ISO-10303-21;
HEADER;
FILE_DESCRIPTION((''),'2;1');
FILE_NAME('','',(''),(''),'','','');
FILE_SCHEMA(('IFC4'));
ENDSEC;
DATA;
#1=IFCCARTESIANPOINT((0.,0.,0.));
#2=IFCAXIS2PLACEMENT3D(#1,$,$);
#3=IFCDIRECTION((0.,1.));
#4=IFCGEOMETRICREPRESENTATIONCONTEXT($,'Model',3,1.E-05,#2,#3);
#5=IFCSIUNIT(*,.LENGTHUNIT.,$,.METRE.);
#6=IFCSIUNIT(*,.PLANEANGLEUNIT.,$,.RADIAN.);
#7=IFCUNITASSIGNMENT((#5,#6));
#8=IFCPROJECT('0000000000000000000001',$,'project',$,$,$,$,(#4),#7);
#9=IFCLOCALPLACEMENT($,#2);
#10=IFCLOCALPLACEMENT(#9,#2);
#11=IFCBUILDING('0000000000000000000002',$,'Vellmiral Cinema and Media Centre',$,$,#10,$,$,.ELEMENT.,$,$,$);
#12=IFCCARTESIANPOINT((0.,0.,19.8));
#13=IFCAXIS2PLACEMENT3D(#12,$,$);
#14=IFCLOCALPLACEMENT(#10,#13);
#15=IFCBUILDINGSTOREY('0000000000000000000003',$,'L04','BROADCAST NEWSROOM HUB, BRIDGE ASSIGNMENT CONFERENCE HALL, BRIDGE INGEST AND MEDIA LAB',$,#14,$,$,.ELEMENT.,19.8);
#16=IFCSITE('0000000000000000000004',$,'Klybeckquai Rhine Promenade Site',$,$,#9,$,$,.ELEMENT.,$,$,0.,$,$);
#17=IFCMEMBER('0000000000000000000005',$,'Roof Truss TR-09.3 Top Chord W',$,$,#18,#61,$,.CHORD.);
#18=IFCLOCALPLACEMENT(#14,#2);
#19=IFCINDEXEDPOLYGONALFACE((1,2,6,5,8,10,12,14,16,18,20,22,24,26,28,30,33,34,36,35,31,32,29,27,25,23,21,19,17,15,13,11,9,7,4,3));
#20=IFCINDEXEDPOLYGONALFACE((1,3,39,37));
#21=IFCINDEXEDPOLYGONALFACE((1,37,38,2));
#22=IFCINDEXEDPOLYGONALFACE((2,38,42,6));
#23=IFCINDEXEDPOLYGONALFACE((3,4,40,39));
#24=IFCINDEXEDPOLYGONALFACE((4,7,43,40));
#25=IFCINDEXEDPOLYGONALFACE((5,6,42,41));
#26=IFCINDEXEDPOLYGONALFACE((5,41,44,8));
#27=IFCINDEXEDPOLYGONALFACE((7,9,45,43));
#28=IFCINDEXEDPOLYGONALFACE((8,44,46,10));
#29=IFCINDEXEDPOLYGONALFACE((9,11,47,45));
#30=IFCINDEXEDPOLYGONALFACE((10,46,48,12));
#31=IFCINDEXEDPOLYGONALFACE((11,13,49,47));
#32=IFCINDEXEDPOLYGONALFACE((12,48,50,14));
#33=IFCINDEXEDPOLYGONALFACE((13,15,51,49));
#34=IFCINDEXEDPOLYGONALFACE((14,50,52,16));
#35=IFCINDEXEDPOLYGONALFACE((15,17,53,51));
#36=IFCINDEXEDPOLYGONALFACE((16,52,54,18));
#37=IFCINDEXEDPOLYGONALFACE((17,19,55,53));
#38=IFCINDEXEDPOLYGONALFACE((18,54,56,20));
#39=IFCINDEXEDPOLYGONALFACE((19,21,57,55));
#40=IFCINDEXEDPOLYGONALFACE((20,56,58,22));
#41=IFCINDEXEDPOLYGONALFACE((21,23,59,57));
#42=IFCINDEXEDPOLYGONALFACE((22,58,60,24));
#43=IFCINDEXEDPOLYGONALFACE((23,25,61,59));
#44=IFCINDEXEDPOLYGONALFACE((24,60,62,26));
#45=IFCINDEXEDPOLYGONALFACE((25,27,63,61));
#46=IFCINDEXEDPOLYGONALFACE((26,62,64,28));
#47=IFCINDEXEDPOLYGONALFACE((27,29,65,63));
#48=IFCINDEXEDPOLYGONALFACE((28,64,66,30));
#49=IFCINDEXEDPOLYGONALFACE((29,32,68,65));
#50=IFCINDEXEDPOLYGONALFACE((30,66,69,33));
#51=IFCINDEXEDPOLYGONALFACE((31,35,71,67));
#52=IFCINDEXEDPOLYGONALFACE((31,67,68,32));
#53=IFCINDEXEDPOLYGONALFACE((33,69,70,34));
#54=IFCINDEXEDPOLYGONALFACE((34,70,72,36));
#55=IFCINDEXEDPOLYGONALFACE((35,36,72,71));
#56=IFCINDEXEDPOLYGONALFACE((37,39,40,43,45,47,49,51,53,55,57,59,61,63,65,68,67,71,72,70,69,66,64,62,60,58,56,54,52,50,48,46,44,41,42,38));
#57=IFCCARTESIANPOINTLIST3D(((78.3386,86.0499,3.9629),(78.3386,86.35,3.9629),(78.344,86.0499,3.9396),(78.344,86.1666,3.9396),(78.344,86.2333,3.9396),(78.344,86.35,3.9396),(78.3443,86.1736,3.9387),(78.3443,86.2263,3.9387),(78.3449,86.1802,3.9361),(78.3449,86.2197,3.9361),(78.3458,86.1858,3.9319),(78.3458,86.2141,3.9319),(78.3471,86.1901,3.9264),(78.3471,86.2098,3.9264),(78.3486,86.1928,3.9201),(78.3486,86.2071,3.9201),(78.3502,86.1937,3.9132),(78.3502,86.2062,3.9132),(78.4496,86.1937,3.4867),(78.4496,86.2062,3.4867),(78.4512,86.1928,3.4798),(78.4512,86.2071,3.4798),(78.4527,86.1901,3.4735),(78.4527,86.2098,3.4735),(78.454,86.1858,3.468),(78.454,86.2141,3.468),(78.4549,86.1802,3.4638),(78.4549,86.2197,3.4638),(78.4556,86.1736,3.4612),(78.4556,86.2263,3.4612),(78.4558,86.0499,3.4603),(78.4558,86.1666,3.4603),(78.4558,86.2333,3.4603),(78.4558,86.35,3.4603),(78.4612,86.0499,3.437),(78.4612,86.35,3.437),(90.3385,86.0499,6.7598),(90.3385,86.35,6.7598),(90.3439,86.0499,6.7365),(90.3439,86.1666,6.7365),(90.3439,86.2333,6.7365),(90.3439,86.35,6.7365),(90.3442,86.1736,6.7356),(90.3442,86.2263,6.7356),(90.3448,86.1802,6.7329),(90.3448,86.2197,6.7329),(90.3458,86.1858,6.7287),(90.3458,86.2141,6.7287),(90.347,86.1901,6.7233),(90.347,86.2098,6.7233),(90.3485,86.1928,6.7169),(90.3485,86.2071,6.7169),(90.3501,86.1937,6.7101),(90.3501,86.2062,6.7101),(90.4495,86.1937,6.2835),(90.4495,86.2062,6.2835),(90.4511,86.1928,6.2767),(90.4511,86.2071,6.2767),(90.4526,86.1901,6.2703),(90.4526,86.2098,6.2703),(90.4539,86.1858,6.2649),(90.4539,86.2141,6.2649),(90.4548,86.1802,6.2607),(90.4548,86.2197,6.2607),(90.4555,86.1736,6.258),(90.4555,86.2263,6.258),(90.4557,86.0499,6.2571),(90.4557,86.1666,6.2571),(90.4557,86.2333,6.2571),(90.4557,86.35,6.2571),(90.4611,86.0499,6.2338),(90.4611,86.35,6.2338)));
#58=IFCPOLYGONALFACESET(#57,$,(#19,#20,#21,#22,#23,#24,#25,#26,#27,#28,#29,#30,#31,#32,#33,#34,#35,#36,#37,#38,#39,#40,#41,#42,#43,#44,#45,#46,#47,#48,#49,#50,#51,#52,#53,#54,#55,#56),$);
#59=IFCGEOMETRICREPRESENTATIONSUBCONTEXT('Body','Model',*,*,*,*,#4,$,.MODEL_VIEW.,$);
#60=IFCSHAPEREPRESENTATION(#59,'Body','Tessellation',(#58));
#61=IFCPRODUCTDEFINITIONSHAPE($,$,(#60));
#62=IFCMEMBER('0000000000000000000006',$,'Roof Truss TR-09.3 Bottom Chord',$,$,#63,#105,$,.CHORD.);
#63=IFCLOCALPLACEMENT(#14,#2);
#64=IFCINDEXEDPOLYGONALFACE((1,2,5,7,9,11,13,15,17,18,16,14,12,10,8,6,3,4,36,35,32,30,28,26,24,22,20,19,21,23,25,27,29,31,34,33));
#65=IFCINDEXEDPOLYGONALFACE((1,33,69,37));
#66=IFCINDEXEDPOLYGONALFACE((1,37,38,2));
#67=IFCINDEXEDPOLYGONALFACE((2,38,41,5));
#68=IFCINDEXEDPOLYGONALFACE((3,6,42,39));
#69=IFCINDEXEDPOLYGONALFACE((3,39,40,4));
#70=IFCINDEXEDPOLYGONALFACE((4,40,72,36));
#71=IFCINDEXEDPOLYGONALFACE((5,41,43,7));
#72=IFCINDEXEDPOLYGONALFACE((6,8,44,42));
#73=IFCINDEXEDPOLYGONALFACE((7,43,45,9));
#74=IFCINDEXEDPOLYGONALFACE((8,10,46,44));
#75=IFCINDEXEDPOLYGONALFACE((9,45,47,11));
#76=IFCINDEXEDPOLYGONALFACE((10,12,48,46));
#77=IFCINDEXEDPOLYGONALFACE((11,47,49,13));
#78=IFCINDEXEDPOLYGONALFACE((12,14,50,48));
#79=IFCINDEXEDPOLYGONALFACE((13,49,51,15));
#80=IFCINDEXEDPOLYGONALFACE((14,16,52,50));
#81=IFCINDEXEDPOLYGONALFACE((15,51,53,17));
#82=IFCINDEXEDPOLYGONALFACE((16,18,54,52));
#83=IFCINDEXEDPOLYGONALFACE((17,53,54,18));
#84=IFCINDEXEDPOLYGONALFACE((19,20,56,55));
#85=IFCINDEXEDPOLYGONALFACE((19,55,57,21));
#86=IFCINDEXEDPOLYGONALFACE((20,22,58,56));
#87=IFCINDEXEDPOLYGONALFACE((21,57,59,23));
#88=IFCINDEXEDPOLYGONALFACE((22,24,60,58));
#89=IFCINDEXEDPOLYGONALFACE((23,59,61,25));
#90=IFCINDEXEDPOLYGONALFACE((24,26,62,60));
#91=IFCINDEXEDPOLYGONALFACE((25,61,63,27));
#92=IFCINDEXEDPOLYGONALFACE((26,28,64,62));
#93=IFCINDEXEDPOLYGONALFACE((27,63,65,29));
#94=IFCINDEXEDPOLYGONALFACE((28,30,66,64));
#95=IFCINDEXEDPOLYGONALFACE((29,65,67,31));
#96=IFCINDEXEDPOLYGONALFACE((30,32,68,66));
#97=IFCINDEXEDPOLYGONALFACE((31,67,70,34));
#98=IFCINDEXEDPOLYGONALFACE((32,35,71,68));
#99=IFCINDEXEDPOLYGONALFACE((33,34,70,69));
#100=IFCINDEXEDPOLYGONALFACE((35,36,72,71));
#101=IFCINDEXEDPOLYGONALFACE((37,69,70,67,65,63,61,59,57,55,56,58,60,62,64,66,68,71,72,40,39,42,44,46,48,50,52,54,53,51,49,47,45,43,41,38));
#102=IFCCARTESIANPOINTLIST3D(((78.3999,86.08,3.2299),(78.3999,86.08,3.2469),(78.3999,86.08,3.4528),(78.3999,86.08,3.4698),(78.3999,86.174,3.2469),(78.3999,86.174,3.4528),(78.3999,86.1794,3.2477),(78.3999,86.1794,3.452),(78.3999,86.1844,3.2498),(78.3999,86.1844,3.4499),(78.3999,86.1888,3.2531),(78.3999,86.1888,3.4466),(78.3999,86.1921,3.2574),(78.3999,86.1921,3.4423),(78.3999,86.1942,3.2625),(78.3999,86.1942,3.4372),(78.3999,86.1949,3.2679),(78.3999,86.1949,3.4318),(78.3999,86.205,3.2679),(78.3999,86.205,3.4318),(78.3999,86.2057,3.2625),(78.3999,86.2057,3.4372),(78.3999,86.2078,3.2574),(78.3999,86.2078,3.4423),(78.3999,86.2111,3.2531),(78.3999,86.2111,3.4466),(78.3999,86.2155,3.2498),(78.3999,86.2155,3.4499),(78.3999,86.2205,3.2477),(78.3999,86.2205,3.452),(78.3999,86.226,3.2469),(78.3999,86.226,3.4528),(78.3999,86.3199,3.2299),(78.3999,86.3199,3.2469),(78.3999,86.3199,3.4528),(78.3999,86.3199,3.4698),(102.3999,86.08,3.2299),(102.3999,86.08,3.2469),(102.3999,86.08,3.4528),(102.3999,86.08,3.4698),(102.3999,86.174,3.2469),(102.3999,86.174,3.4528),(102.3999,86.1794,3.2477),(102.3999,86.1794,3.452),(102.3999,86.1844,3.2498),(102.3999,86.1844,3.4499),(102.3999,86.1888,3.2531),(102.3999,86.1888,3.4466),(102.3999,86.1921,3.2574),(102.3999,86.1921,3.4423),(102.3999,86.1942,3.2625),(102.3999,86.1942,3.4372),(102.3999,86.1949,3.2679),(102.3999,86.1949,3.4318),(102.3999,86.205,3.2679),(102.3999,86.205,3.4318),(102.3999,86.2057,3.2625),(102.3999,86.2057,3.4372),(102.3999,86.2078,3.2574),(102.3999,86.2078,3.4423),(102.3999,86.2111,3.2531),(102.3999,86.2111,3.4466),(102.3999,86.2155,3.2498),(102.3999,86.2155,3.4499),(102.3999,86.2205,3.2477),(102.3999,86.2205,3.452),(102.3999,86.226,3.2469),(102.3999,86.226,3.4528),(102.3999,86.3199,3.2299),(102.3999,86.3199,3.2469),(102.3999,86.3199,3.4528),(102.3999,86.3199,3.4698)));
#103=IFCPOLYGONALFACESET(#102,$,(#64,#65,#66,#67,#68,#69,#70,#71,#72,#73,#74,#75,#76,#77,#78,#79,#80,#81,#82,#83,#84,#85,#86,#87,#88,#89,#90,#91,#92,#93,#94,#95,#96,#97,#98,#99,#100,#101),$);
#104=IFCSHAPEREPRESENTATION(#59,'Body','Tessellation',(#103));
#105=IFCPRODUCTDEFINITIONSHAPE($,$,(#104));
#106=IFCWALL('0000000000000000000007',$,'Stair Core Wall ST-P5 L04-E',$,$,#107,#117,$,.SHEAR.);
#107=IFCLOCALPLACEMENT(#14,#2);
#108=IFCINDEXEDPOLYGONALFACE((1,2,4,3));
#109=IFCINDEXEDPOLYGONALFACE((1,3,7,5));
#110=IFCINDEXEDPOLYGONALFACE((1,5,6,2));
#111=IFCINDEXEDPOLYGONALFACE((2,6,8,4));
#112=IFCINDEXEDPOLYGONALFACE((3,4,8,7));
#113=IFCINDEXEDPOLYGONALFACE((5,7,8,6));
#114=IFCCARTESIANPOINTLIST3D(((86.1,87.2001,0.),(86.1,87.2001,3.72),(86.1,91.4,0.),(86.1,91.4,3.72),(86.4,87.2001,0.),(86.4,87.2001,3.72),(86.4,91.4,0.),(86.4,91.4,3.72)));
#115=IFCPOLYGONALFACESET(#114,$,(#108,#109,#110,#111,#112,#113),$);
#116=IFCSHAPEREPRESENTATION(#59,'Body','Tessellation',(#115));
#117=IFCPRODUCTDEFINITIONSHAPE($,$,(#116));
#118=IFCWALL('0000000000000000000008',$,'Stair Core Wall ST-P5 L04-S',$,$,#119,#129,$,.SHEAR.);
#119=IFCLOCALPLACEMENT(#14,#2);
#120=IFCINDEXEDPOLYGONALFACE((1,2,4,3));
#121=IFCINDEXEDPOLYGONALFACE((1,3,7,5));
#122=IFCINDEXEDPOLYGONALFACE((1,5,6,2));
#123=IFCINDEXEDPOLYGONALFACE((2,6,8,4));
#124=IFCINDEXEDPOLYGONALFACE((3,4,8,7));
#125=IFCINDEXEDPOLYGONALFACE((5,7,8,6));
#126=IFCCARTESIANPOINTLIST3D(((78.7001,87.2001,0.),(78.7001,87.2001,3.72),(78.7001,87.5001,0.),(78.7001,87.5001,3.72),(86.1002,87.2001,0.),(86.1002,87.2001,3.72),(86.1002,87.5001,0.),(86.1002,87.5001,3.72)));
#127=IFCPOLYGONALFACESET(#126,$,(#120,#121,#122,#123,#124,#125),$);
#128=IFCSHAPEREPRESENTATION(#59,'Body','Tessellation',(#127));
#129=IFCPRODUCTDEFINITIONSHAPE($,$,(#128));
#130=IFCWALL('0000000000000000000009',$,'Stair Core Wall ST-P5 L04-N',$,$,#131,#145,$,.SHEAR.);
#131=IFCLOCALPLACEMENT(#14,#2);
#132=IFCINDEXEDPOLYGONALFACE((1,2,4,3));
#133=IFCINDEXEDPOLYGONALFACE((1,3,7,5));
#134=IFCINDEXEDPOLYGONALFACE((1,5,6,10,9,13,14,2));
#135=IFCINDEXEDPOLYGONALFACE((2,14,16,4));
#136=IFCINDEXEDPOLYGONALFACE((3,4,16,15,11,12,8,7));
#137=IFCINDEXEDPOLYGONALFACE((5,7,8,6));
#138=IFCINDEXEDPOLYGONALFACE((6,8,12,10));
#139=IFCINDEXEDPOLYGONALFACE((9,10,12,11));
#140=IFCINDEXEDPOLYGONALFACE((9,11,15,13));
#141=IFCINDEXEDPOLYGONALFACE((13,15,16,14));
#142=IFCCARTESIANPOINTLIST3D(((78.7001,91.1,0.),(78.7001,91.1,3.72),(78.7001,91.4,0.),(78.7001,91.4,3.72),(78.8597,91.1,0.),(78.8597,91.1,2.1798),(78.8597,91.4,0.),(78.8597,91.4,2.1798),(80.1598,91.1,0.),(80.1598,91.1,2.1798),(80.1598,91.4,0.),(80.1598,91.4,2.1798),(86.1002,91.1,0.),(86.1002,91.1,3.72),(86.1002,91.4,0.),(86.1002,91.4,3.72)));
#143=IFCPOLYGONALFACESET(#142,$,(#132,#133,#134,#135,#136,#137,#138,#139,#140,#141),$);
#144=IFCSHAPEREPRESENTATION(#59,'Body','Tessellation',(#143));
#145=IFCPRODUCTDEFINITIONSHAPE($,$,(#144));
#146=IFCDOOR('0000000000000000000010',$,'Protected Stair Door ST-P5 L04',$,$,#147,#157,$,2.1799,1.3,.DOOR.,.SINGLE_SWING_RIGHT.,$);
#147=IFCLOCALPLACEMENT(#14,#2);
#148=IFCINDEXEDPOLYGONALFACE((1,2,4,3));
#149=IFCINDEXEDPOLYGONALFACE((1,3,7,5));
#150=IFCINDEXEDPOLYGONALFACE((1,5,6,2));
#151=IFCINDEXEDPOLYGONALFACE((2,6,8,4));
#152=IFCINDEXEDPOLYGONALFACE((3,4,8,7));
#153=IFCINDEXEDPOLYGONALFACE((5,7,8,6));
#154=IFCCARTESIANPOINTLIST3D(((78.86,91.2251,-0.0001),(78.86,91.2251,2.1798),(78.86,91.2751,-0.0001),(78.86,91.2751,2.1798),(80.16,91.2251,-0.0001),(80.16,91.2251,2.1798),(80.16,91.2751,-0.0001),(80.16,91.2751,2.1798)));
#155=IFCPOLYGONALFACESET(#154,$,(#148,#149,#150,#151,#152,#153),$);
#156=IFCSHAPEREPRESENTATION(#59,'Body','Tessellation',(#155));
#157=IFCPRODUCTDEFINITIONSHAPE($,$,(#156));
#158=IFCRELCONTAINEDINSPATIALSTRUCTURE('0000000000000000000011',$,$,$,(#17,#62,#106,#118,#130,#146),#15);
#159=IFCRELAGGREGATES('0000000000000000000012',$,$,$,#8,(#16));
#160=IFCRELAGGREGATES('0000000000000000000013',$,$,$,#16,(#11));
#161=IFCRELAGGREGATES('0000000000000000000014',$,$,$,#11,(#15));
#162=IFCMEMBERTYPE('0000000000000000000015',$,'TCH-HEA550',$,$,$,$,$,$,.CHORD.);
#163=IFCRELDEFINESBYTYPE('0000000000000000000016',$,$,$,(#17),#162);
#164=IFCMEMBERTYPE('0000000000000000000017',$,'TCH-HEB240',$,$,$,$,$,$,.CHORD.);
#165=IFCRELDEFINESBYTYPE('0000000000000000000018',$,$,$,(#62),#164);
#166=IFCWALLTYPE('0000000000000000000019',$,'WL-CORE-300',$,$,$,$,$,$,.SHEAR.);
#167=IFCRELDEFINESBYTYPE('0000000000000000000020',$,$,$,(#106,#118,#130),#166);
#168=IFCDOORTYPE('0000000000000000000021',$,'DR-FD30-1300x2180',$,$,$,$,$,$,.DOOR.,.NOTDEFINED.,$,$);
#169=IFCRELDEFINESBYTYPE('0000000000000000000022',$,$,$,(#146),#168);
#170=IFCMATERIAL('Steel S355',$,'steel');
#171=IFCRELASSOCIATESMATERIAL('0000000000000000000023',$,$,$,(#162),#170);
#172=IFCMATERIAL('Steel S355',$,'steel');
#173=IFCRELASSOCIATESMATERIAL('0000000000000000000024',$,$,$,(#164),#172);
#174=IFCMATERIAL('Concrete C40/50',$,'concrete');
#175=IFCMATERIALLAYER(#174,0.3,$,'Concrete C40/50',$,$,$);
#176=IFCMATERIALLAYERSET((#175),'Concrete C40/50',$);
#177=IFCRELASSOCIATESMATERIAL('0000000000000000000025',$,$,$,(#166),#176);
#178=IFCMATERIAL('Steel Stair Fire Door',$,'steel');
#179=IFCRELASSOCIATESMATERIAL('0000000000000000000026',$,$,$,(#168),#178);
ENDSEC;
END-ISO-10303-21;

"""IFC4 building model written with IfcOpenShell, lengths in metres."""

from ifc_helpers import new_model, si_unit, direction, frame, frame_2d, origin, origin_2d, place, context, subcontext, project, spatial, rectangle, i_section, extrude, material, layer, layer_set, material_profile, profile_set, type_object, element, fill, save


model = new_model("IFC4")

# Units and contexts
model_context = context("Model", 3, precision=1e-05, world=origin(), true_north=direction((0.0, 1.0)))
body_context = subcontext(model_context, "Body", "Model", "MODEL_VIEW")
ifc_project = project(units=[si_unit("LENGTHUNIT", "METRE"), si_unit("PLANEANGLEUNIT", "RADIAN")], contexts=[model_context])

# Site, building, storey
site_placement = place(None, origin())
site = spatial("IfcSite", under=ifc_project, at=site_placement, Name="Klybeckquai Rhine Promenade Site", CompositionType="ELEMENT", RefElevation=0.0)
building_placement = place(site_placement, origin())
building = spatial("IfcBuilding", under=site, at=building_placement, Name="Vellmiral Cinema and Media Centre", CompositionType="ELEMENT")
storey_placement = place(building_placement, frame((0.0, 0.0, 19.8)))
storey = spatial("IfcBuildingStorey", under=building, at=storey_placement, Name="L04", Description="BROADCAST NEWSROOM HUB, BRIDGE ASSIGNMENT CONFERENCE HALL, BRIDGE INGEST AND MEDIA LAB", CompositionType="ELEMENT", Elevation=19.8)

# Members
ifc_material_1 = material(Name="Steel S355", Category="steel")
ifc_material_profile_1 = material_profile(ifc_material_1, i_section(OverallWidth=0.3, OverallDepth=0.54, WebThickness=0.0125, FlangeThickness=0.0239, FilletRadius=0.0271, at=origin_2d()), Name="HEA 550")
ifc_profile_set_1 = profile_set([ifc_material_profile_1], Name="Steel S355")
member_type_1 = type_object("IfcMemberType", Name="TCH-HEA550", PredefinedType="CHORD", material=ifc_profile_set_1)
member_1_placement = place(storey_placement, frame((78.3999, 86.2, 3.7), z_axis=(0.973897, 0.0, 0.226989), x_axis=(0.0, 1.0, 0.0)))
element("IfcMember", 1, at=member_1_placement, inside=storey, type_object=member_type_1, Name="Roof Truss TR-09.3 Top Chord W", PredefinedType="CHORD", context=body_context, shape_type="SweptSolid", body=[
    extrude(i_section(OverallWidth=0.3, OverallDepth=0.54, WebThickness=0.0125, FlangeThickness=0.0239, FilletRadius=0.0271, at=origin_2d()), origin(), (0.0, 0.0, 1.0), 12.3215),
])
ifc_material_2 = material(Name="Steel S355", Category="steel")
ifc_material_profile_2 = material_profile(ifc_material_2, i_section(OverallWidth=0.24, OverallDepth=0.24, WebThickness=0.01, FlangeThickness=0.0171, FilletRadius=0.021, at=origin_2d()), Name="HEB 240")
ifc_profile_set_2 = profile_set([ifc_material_profile_2], Name="Steel S355")
member_type_2 = type_object("IfcMemberType", Name="TCH-HEB240", PredefinedType="CHORD", material=ifc_profile_set_2)
member_2_placement = place(storey_placement, frame((78.3999, 86.2, 3.3499), z_axis=(1.0, 0.0, 0.0), x_axis=(0.0, 1.0, 0.0)))
element("IfcMember", 2, at=member_2_placement, inside=storey, type_object=member_type_2, Name="Roof Truss TR-09.3 Bottom Chord", PredefinedType="CHORD", context=body_context, shape_type="SweptSolid", body=[
    extrude(i_section(OverallWidth=0.24, OverallDepth=0.24, WebThickness=0.01, FlangeThickness=0.0171, FilletRadius=0.021, at=origin_2d()), origin(), (0.0, 0.0, 1.0), 24.0),
])

# Walls
ifc_material_3 = material(Name="Concrete C40/50", Category="concrete")
ifc_layer_1 = layer(ifc_material_3, 0.3, Name="Concrete C40/50")
ifc_layer_set_1 = layer_set([ifc_layer_1], Name="Concrete C40/50")
wall_type_1 = type_object("IfcWallType", Name="WL-CORE-300", PredefinedType="SHEAR", material=ifc_layer_set_1)
wall_1_placement = place(storey_placement, frame((86.25, 87.2, 0.0), z_axis=(0.0, 0.0, 1.0), x_axis=(0.0, 1.0, 0.0)))
element("IfcWall", 3, at=wall_1_placement, inside=storey, type_object=wall_type_1, Name="Stair Core Wall ST-P5 L04-E", PredefinedType="SHEAR", context=body_context, shape_type="SweptSolid", body=[
    extrude(rectangle(XDim=4.2, YDim=0.3, at=frame_2d((2.1001, 0.0))), origin(), (0.0, 0.0, 1.0), 3.72),
])
wall_2_placement = place(storey_placement, frame((78.7, 87.3501, 0.0), z_axis=(0.0, 0.0, 1.0), x_axis=(1.0, 0.0, 0.0)))
element("IfcWall", 4, at=wall_2_placement, inside=storey, type_object=wall_type_1, Name="Stair Core Wall ST-P5 L04-S", PredefinedType="SHEAR", context=body_context, shape_type="SweptSolid", body=[
    extrude(rectangle(XDim=7.4001, YDim=0.3, at=frame_2d((3.7002, 0.0))), origin(), (0.0, 0.0, 1.0), 3.72),
])

# Wall, opening, door
wall_3_placement = place(storey_placement, frame((78.7, 91.25, 0.0), z_axis=(0.0, 0.0, 1.0), x_axis=(1.0, 0.0, 0.0)))
wall_3 = element("IfcWall", 5, at=wall_3_placement, inside=storey, type_object=wall_type_1, Name="Stair Core Wall ST-P5 L04-N", PredefinedType="SHEAR", context=body_context, shape_type="SweptSolid", body=[
    extrude(rectangle(XDim=7.4001, YDim=0.3, at=frame_2d((3.7002, 0.0))), origin(), (0.0, 0.0, 1.0), 3.72),
])
opening_1_placement = place(wall_3_placement, frame((0.1599, 0.0, 0.0)))
opening_1 = element("IfcOpeningElement", 6, at=opening_1_placement, cuts=wall_3, PredefinedType="OPENING", context=body_context, shape_type="SweptSolid", body=[
    extrude(rectangle(XDim=1.3, YDim=2.1799, at=frame_2d((0.6499, 1.0898))), frame((0.0, 0.1621, 0.0), z_axis=(0.0, -1.0, 0.0), x_axis=(1.0, 0.0, 0.0)), (0.0, 0.0, 1.0), 0.324),
])
ifc_material_4 = material(Name="Steel Stair Fire Door", Category="steel")
door_type = type_object("IfcDoorType", Name="DR-FD30-1300x2180", OperationType="NOTDEFINED", PredefinedType="DOOR", material=ifc_material_4)
door_placement = place(opening_1_placement, frame((1.3, 0.0, 0.0), z_axis=(0.0, 0.0, 1.0), x_axis=(-1.0, 0.0, 0.0)))
door = element("IfcDoor", 7, at=door_placement, inside=storey, type_object=door_type, Name="Protected Stair Door ST-P5 L04", OperationType="SINGLE_SWING_RIGHT", OverallHeight=2.1799, OverallWidth=1.3, PredefinedType="DOOR", context=body_context, shape_type="SweptSolid", body=[
    extrude(rectangle(XDim=1.3, YDim=2.1799, at=frame_2d((0.6499, 1.0898))), frame((0.0, 0.0249, 0.0), z_axis=(0.0, -1.0, 0.0), x_axis=(1.0, 0.0, 0.0)), (0.0, 0.0, 1.0), 0.05),
])
fill(opening_1, door)

save(model, "model.ifc")
